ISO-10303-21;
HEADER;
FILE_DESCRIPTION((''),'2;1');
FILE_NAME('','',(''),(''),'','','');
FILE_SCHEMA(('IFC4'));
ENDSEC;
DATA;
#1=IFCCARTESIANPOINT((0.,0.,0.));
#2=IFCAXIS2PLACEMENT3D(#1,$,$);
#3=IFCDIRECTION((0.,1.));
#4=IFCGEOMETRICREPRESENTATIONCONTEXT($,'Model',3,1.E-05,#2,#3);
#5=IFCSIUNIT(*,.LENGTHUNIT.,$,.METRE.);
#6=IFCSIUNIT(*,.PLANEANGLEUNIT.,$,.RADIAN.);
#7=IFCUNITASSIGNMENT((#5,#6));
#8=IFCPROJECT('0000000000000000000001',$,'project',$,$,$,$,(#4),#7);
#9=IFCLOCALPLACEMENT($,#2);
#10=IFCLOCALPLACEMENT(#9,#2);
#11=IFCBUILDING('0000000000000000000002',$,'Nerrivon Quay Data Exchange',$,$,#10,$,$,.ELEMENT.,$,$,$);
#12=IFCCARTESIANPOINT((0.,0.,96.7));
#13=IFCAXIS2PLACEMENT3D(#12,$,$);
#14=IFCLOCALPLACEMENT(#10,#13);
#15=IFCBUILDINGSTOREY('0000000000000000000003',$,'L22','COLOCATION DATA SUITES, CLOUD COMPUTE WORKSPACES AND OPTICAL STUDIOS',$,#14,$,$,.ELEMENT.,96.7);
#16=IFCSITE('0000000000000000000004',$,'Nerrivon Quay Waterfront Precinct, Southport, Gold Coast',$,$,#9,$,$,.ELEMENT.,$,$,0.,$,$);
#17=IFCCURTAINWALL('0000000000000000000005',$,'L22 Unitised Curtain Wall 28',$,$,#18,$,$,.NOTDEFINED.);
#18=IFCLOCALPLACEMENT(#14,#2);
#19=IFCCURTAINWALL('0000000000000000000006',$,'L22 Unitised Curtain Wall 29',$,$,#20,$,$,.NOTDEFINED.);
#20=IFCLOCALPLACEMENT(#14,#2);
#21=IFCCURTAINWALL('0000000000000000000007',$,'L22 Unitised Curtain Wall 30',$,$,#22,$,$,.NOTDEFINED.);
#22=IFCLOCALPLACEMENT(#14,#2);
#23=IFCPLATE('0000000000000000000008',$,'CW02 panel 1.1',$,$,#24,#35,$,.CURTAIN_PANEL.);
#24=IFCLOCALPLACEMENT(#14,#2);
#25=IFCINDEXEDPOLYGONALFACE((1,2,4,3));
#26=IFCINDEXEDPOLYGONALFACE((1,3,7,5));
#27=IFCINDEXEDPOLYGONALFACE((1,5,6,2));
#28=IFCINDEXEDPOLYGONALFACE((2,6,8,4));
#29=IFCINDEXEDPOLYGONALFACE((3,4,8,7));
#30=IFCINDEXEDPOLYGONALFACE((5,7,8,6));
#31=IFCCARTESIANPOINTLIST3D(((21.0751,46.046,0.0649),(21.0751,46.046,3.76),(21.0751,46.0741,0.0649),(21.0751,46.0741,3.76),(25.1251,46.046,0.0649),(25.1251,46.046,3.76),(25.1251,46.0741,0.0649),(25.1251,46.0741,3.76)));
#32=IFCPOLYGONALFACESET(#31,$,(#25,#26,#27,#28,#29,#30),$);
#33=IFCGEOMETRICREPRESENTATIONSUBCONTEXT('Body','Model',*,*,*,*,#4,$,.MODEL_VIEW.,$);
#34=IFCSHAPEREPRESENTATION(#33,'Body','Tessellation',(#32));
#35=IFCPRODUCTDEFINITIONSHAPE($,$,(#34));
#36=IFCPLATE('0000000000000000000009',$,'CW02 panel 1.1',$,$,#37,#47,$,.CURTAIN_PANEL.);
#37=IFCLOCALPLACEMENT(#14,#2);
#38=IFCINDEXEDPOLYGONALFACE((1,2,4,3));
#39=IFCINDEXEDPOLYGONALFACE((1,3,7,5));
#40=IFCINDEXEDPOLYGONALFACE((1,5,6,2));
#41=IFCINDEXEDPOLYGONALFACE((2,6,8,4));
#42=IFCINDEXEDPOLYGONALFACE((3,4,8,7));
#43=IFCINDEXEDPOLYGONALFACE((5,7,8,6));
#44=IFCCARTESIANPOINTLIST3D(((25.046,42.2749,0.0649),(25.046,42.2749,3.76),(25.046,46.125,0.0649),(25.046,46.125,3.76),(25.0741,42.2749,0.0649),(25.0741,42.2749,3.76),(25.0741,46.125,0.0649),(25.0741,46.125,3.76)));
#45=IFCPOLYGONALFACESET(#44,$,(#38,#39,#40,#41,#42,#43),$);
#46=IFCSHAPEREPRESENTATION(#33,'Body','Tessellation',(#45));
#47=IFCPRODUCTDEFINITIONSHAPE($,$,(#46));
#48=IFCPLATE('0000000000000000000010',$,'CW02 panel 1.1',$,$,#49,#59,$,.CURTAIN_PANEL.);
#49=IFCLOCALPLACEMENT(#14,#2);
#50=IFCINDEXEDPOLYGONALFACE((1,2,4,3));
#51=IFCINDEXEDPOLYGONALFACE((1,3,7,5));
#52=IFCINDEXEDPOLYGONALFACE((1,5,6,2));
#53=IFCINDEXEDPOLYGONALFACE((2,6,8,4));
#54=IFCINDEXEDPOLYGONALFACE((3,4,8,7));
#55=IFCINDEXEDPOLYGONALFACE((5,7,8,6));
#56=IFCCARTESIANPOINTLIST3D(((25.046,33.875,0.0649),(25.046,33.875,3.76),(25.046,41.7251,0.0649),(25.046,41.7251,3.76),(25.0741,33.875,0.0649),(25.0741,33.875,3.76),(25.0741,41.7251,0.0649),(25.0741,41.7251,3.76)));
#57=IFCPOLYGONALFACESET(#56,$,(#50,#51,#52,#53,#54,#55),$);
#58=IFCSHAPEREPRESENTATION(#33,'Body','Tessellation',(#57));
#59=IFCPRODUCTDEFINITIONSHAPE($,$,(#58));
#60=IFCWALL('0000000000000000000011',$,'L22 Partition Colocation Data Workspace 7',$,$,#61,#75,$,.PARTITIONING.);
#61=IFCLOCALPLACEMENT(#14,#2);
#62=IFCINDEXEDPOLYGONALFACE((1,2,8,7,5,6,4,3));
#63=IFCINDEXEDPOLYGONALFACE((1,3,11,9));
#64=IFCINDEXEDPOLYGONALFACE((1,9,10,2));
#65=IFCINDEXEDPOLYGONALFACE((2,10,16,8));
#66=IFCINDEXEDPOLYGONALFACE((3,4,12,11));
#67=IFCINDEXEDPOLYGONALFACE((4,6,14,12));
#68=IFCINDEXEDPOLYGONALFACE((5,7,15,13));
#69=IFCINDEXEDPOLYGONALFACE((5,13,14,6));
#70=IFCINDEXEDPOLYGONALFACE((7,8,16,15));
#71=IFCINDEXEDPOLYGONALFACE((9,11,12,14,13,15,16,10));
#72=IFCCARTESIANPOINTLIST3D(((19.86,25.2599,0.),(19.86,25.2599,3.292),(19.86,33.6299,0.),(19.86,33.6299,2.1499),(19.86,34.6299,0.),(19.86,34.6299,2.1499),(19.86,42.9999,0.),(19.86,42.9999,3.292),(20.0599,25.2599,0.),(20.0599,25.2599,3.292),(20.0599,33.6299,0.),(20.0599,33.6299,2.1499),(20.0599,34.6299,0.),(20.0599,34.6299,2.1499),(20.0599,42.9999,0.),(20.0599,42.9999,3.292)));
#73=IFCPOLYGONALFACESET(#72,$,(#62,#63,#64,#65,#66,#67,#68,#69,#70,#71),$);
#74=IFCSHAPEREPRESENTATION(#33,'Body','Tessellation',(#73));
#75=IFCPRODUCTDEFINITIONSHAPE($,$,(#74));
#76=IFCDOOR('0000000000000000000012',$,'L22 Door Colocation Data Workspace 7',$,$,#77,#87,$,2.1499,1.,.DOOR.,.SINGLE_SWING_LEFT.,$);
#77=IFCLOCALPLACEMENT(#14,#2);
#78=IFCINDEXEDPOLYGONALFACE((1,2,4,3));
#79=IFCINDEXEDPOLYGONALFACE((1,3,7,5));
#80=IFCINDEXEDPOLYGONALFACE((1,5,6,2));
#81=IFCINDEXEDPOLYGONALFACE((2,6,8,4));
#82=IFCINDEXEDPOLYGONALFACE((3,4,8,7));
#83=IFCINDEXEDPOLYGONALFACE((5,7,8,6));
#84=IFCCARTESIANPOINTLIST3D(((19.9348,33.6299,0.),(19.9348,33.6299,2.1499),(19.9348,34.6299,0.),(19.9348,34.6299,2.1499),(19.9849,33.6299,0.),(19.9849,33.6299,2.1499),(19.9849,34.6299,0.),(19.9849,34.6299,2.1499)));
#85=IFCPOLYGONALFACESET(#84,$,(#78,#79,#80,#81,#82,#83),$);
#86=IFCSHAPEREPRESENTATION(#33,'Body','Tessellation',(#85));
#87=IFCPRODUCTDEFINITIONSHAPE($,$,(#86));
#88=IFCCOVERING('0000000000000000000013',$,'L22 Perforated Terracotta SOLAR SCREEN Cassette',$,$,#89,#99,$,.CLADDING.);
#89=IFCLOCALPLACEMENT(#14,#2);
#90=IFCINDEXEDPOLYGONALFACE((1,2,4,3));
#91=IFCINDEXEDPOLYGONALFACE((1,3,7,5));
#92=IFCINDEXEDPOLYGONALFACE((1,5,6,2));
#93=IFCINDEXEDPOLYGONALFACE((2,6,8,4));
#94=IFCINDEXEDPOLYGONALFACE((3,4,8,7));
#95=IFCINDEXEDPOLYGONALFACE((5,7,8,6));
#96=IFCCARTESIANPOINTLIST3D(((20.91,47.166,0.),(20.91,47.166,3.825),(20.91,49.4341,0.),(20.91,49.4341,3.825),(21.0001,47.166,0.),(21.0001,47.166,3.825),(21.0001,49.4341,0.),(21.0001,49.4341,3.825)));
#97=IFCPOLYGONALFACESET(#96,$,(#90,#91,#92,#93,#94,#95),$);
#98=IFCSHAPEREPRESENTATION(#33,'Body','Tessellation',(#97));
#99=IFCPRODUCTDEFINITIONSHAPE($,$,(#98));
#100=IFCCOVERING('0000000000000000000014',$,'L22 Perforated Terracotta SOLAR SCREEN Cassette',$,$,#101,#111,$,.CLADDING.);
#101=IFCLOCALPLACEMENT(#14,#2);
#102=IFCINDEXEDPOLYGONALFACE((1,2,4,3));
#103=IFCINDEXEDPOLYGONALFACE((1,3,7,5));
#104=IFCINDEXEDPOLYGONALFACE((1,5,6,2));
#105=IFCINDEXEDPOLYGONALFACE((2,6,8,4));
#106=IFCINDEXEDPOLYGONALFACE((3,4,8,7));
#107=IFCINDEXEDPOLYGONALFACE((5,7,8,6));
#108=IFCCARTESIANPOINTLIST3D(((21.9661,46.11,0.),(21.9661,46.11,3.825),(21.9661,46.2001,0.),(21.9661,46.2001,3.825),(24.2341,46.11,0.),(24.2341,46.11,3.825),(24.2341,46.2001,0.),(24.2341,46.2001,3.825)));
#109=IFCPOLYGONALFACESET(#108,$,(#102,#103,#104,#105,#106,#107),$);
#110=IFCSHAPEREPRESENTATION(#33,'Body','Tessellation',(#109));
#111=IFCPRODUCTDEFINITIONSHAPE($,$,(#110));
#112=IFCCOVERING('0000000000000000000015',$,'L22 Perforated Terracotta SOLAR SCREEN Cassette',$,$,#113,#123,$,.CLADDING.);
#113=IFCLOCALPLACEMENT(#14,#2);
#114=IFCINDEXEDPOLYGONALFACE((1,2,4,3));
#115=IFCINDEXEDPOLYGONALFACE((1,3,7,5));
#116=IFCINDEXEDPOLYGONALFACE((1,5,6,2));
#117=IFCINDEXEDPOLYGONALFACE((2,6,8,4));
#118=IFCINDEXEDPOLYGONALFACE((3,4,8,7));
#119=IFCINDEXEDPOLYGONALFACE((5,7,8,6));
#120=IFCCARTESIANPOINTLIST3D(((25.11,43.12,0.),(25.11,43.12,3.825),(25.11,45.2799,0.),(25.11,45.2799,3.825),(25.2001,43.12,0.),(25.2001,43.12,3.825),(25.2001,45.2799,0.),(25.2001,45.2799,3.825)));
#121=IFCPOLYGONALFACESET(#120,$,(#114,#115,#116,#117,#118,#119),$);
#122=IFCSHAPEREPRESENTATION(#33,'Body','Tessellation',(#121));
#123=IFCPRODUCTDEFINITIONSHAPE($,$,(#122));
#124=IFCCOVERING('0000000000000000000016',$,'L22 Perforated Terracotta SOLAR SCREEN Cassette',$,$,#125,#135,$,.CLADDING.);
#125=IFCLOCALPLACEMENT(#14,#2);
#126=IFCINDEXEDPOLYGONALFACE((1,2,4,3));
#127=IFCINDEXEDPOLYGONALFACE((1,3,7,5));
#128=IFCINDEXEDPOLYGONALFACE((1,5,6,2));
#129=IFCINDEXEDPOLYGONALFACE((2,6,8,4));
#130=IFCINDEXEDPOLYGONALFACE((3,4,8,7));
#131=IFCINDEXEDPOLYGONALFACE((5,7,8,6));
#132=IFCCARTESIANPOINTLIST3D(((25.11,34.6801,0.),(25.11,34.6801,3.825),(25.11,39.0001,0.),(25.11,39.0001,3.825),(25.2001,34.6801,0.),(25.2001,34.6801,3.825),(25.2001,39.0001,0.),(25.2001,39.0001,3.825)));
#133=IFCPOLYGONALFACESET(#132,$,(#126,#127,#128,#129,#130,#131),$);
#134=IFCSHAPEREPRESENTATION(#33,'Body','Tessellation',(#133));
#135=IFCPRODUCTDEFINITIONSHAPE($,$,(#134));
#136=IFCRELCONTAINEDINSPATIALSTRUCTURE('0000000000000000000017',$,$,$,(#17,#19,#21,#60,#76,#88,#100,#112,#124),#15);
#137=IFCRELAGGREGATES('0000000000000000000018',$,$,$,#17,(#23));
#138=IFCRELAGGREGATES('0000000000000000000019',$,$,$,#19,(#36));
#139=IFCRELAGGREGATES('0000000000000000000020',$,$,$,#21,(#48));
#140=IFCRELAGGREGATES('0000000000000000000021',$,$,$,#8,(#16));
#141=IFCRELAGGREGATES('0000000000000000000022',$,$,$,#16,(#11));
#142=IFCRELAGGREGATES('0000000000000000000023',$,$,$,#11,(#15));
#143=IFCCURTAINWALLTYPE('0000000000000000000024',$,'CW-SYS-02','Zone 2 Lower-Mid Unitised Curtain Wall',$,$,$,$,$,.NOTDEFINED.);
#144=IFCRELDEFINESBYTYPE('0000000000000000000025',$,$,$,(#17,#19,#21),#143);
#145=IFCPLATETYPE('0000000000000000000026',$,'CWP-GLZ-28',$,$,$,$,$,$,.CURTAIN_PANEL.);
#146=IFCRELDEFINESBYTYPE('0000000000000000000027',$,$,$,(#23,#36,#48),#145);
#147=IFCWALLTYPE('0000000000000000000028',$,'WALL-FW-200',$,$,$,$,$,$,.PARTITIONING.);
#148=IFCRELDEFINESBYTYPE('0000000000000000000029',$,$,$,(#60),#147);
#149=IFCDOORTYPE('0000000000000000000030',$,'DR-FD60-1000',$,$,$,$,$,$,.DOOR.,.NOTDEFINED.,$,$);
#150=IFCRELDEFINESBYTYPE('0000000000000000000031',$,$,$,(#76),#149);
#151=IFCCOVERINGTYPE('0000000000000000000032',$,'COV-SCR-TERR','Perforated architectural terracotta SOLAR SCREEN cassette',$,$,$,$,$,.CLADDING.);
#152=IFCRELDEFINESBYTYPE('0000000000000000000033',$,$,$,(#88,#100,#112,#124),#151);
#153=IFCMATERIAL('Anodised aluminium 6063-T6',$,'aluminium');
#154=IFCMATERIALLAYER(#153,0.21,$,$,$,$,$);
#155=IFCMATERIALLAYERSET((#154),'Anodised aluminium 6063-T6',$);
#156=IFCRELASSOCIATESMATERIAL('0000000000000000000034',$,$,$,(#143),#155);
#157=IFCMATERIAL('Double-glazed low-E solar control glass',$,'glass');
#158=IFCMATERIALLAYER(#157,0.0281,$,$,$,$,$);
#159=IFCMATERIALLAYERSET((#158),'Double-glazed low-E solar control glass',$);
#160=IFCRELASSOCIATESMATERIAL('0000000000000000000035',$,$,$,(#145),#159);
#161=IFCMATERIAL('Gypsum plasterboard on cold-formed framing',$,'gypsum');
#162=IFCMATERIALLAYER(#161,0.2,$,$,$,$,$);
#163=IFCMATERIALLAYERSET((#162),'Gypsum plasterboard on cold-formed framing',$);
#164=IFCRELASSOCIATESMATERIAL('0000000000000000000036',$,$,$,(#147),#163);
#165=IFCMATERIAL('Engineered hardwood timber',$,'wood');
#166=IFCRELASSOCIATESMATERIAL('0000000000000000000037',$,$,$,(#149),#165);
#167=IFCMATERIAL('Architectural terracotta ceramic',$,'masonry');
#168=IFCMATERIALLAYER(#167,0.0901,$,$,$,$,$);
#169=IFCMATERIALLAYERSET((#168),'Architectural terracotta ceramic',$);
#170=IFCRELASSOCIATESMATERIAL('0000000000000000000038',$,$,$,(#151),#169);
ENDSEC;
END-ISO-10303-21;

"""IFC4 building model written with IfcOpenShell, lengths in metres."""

from ifc_helpers import new_model, si_unit, direction, frame, frame_2d, origin, origin_2d, place, context, subcontext, project, spatial, rectangle, extrude, material, layer, layer_set, type_object, element, fill, aggregate, save


model = new_model("IFC4")

# Units and contexts
model_context = context("Model", 3, precision=1e-05, world=origin(), true_north=direction((0.0, 1.0)))
body_context = subcontext(model_context, "Body", "Model", "MODEL_VIEW")
ifc_project = project(units=[si_unit("LENGTHUNIT", "METRE"), si_unit("PLANEANGLEUNIT", "RADIAN")], contexts=[model_context])

# Site, building, storey
site_placement = place(None, origin())
site = spatial("IfcSite", under=ifc_project, at=site_placement, Name="Nerrivon Quay Waterfront Precinct, Southport, Gold Coast", CompositionType="ELEMENT", RefElevation=0.0)
building_placement = place(site_placement, origin())
building = spatial("IfcBuilding", under=site, at=building_placement, Name="Nerrivon Quay Data Exchange", CompositionType="ELEMENT")
storey_placement = place(building_placement, frame((0.0, 0.0, 96.7)))
storey = spatial("IfcBuildingStorey", under=building, at=storey_placement, Name="L22", Description="COLOCATION DATA SUITES, CLOUD COMPUTE WORKSPACES AND OPTICAL STUDIOS", CompositionType="ELEMENT", Elevation=96.7)

# Shared definitions
ifc_material_1 = material(Name="Anodised aluminium 6063-T6", Category="aluminium")
ifc_layer_1 = layer(ifc_material_1, 0.21)
ifc_layer_set_1 = layer_set([ifc_layer_1], Name="Anodised aluminium 6063-T6")
curtain_wall_type = type_object("IfcCurtainWallType", Name="CW-SYS-02", Description="Zone 2 Lower-Mid Unitised Curtain Wall", PredefinedType="NOTDEFINED", material=ifc_layer_set_1)

# Curtain walls
curtain_wall_1_placement = place(storey_placement, origin())
curtain_wall_1 = element("IfcCurtainWall", 1, at=curtain_wall_1_placement, inside=storey, type_object=curtain_wall_type, Name="L22 Unitised Curtain Wall 28", PredefinedType="NOTDEFINED")
curtain_wall_2_placement = place(storey_placement, origin())
curtain_wall_2 = element("IfcCurtainWall", 2, at=curtain_wall_2_placement, inside=storey, type_object=curtain_wall_type, Name="L22 Unitised Curtain Wall 29", PredefinedType="NOTDEFINED")
curtain_wall_3_placement = place(storey_placement, origin())
curtain_wall_3 = element("IfcCurtainWall", 3, at=curtain_wall_3_placement, inside=storey, type_object=curtain_wall_type, Name="L22 Unitised Curtain Wall 30", PredefinedType="NOTDEFINED")

# Plates
ifc_material_2 = material(Name="Double-glazed low-E solar control glass", Category="glass")
ifc_layer_2 = layer(ifc_material_2, 0.0281)
ifc_layer_set_2 = layer_set([ifc_layer_2], Name="Double-glazed low-E solar control glass")
plate_type = type_object("IfcPlateType", Name="CWP-GLZ-28", PredefinedType="CURTAIN_PANEL", material=ifc_layer_set_2)
plate_1_placement = place(storey_placement, frame((23.1001, 46.0601, 0.0649), z_axis=(0.0, 0.0, 1.0), x_axis=(1.0, 0.0, 0.0)))
plate_1 = element("IfcPlate", 4, at=plate_1_placement, type_object=plate_type, Name="CW02 panel 1.1", PredefinedType="CURTAIN_PANEL", context=body_context, shape_type="SweptSolid", body=[
    extrude(rectangle(XDim=4.05, YDim=0.0281, at=origin_2d()), origin(), (0.0, 0.0, 1.0), 3.6951),
])
aggregate(curtain_wall_1, [plate_1])
plate_2_placement = place(storey_placement, frame((25.0601, 44.2, 0.0649), z_axis=(0.0, 0.0, 1.0), x_axis=(0.0, -1.0, 0.0)))
plate_2 = element("IfcPlate", 5, at=plate_2_placement, type_object=plate_type, Name="CW02 panel 1.1", PredefinedType="CURTAIN_PANEL", context=body_context, shape_type="SweptSolid", body=[
    extrude(rectangle(XDim=3.8501, YDim=0.0281, at=origin_2d()), origin(), (0.0, 0.0, 1.0), 3.6951),
])
aggregate(curtain_wall_2, [plate_2])
plate_3_placement = place(storey_placement, frame((25.0601, 37.8, 0.0649), z_axis=(0.0, 0.0, 1.0), x_axis=(0.0, -1.0, 0.0)))
plate_3 = element("IfcPlate", 6, at=plate_3_placement, type_object=plate_type, Name="CW02 panel 1.1", PredefinedType="CURTAIN_PANEL", context=body_context, shape_type="SweptSolid", body=[
    extrude(rectangle(XDim=7.8501, YDim=0.0281, at=origin_2d()), origin(), (0.0, 0.0, 1.0), 3.6951),
])
aggregate(curtain_wall_3, [plate_3])

# Wall, opening, door
ifc_material_3 = material(Name="Gypsum plasterboard on cold-formed framing", Category="gypsum")
ifc_layer_3 = layer(ifc_material_3, 0.2)
ifc_layer_set_3 = layer_set([ifc_layer_3], Name="Gypsum plasterboard on cold-formed framing")
wall_type = type_object("IfcWallType", Name="WALL-FW-200", PredefinedType="PARTITIONING", material=ifc_layer_set_3)
wall_placement = place(storey_placement, frame((19.96, 43.0, 0.0), z_axis=(0.0, 0.0, 1.0), x_axis=(0.0, -1.0, 0.0)))
wall = element("IfcWall", 7, at=wall_placement, inside=storey, type_object=wall_type, Name="L22 Partition Colocation Data Workspace 7", PredefinedType="PARTITIONING", context=body_context, shape_type="SweptSolid", body=[
    extrude(rectangle(XDim=17.74, YDim=0.2, at=frame_2d((8.8701, 0.0))), origin(), (0.0, 0.0, 1.0), 3.292),
])
opening_placement = place(wall_placement, frame((8.3701, 0.0, 0.0)))
opening = element("IfcOpeningElement", 8, at=opening_placement, cuts=wall, PredefinedType="OPENING", context=body_context, shape_type="SweptSolid", body=[
    extrude(rectangle(XDim=1.0, YDim=2.1499, at=frame_2d((0.5, 1.075))), frame((0.0, 0.1099, 0.0), z_axis=(0.0, -1.0, 0.0), x_axis=(1.0, 0.0, 0.0)), (0.0, 0.0, 1.0), 0.22),
])
ifc_material_4 = material(Name="Engineered hardwood timber", Category="wood")
door_type = type_object("IfcDoorType", Name="DR-FD60-1000", OperationType="NOTDEFINED", PredefinedType="DOOR", material=ifc_material_4)
door_placement = place(opening_placement, origin())
door = element("IfcDoor", 9, at=door_placement, inside=storey, type_object=door_type, Name="L22 Door Colocation Data Workspace 7", OperationType="SINGLE_SWING_LEFT", OverallHeight=2.1499, OverallWidth=1.0, PredefinedType="DOOR", context=body_context, shape_type="SweptSolid", body=[
    extrude(rectangle(XDim=1.0, YDim=2.1499, at=frame_2d((0.5, 1.075))), frame((0.0, 0.0249, 0.0), z_axis=(0.0, -1.0, 0.0), x_axis=(1.0, 0.0, 0.0)), (0.0, 0.0, 1.0), 0.05),
])
fill(opening, door)

# Coverings
ifc_material_5 = material(Name="Architectural terracotta ceramic", Category="masonry")
ifc_layer_4 = layer(ifc_material_5, 0.0901)
ifc_layer_set_4 = layer_set([ifc_layer_4], Name="Architectural terracotta ceramic")
covering_type = type_object("IfcCoveringType", Name="COV-SCR-TERR", Description="Perforated architectural terracotta SOLAR SCREEN cassette", PredefinedType="CLADDING", material=ifc_layer_set_4)
for number, where, z_axis, x_axis, name in (
    (10, (20.9551, 48.3, 0.0), (0.0, 0.0, 1.0), (0.0, -1.0, 0.0), "L22 Perforated Terracotta SOLAR SCREEN Cassette"),
    (11, (23.1001, 46.155, 0.0), (0.0, 0.0, 1.0), (1.0, 0.0, 0.0), "L22 Perforated Terracotta SOLAR SCREEN Cassette"),
):
    element("IfcCovering", number, at=place(storey_placement, frame(where, z_axis=z_axis, x_axis=x_axis)), inside=storey, type_object=covering_type, Name=name, PredefinedType="CLADDING", context=body_context, shape_type="SweptSolid", body=[
        extrude(rectangle(XDim=2.2681, YDim=0.0901, at=origin_2d()), origin(), (0.0, 0.0, 1.0), 3.825),
    ])
covering_1_placement = place(storey_placement, frame((25.155, 44.2, 0.0), z_axis=(0.0, 0.0, 1.0), x_axis=(0.0, -1.0, 0.0)))
element("IfcCovering", 12, at=covering_1_placement, inside=storey, type_object=covering_type, Name="L22 Perforated Terracotta SOLAR SCREEN Cassette", PredefinedType="CLADDING", context=body_context, shape_type="SweptSolid", body=[
    extrude(rectangle(XDim=2.1599, YDim=0.0901, at=origin_2d()), origin(), (0.0, 0.0, 1.0), 3.825),
])
covering_2_placement = place(storey_placement, frame((25.155, 36.8401, 0.0), z_axis=(0.0, 0.0, 1.0), x_axis=(0.0, -1.0, 0.0)))
element("IfcCovering", 13, at=covering_2_placement, inside=storey, type_object=covering_type, Name="L22 Perforated Terracotta SOLAR SCREEN Cassette", PredefinedType="CLADDING", context=body_context, shape_type="SweptSolid", body=[
    extrude(rectangle(XDim=4.3201, YDim=0.0901, at=origin_2d()), origin(), (0.0, 0.0, 1.0), 3.825),
])

save(model, "model.ifc")
